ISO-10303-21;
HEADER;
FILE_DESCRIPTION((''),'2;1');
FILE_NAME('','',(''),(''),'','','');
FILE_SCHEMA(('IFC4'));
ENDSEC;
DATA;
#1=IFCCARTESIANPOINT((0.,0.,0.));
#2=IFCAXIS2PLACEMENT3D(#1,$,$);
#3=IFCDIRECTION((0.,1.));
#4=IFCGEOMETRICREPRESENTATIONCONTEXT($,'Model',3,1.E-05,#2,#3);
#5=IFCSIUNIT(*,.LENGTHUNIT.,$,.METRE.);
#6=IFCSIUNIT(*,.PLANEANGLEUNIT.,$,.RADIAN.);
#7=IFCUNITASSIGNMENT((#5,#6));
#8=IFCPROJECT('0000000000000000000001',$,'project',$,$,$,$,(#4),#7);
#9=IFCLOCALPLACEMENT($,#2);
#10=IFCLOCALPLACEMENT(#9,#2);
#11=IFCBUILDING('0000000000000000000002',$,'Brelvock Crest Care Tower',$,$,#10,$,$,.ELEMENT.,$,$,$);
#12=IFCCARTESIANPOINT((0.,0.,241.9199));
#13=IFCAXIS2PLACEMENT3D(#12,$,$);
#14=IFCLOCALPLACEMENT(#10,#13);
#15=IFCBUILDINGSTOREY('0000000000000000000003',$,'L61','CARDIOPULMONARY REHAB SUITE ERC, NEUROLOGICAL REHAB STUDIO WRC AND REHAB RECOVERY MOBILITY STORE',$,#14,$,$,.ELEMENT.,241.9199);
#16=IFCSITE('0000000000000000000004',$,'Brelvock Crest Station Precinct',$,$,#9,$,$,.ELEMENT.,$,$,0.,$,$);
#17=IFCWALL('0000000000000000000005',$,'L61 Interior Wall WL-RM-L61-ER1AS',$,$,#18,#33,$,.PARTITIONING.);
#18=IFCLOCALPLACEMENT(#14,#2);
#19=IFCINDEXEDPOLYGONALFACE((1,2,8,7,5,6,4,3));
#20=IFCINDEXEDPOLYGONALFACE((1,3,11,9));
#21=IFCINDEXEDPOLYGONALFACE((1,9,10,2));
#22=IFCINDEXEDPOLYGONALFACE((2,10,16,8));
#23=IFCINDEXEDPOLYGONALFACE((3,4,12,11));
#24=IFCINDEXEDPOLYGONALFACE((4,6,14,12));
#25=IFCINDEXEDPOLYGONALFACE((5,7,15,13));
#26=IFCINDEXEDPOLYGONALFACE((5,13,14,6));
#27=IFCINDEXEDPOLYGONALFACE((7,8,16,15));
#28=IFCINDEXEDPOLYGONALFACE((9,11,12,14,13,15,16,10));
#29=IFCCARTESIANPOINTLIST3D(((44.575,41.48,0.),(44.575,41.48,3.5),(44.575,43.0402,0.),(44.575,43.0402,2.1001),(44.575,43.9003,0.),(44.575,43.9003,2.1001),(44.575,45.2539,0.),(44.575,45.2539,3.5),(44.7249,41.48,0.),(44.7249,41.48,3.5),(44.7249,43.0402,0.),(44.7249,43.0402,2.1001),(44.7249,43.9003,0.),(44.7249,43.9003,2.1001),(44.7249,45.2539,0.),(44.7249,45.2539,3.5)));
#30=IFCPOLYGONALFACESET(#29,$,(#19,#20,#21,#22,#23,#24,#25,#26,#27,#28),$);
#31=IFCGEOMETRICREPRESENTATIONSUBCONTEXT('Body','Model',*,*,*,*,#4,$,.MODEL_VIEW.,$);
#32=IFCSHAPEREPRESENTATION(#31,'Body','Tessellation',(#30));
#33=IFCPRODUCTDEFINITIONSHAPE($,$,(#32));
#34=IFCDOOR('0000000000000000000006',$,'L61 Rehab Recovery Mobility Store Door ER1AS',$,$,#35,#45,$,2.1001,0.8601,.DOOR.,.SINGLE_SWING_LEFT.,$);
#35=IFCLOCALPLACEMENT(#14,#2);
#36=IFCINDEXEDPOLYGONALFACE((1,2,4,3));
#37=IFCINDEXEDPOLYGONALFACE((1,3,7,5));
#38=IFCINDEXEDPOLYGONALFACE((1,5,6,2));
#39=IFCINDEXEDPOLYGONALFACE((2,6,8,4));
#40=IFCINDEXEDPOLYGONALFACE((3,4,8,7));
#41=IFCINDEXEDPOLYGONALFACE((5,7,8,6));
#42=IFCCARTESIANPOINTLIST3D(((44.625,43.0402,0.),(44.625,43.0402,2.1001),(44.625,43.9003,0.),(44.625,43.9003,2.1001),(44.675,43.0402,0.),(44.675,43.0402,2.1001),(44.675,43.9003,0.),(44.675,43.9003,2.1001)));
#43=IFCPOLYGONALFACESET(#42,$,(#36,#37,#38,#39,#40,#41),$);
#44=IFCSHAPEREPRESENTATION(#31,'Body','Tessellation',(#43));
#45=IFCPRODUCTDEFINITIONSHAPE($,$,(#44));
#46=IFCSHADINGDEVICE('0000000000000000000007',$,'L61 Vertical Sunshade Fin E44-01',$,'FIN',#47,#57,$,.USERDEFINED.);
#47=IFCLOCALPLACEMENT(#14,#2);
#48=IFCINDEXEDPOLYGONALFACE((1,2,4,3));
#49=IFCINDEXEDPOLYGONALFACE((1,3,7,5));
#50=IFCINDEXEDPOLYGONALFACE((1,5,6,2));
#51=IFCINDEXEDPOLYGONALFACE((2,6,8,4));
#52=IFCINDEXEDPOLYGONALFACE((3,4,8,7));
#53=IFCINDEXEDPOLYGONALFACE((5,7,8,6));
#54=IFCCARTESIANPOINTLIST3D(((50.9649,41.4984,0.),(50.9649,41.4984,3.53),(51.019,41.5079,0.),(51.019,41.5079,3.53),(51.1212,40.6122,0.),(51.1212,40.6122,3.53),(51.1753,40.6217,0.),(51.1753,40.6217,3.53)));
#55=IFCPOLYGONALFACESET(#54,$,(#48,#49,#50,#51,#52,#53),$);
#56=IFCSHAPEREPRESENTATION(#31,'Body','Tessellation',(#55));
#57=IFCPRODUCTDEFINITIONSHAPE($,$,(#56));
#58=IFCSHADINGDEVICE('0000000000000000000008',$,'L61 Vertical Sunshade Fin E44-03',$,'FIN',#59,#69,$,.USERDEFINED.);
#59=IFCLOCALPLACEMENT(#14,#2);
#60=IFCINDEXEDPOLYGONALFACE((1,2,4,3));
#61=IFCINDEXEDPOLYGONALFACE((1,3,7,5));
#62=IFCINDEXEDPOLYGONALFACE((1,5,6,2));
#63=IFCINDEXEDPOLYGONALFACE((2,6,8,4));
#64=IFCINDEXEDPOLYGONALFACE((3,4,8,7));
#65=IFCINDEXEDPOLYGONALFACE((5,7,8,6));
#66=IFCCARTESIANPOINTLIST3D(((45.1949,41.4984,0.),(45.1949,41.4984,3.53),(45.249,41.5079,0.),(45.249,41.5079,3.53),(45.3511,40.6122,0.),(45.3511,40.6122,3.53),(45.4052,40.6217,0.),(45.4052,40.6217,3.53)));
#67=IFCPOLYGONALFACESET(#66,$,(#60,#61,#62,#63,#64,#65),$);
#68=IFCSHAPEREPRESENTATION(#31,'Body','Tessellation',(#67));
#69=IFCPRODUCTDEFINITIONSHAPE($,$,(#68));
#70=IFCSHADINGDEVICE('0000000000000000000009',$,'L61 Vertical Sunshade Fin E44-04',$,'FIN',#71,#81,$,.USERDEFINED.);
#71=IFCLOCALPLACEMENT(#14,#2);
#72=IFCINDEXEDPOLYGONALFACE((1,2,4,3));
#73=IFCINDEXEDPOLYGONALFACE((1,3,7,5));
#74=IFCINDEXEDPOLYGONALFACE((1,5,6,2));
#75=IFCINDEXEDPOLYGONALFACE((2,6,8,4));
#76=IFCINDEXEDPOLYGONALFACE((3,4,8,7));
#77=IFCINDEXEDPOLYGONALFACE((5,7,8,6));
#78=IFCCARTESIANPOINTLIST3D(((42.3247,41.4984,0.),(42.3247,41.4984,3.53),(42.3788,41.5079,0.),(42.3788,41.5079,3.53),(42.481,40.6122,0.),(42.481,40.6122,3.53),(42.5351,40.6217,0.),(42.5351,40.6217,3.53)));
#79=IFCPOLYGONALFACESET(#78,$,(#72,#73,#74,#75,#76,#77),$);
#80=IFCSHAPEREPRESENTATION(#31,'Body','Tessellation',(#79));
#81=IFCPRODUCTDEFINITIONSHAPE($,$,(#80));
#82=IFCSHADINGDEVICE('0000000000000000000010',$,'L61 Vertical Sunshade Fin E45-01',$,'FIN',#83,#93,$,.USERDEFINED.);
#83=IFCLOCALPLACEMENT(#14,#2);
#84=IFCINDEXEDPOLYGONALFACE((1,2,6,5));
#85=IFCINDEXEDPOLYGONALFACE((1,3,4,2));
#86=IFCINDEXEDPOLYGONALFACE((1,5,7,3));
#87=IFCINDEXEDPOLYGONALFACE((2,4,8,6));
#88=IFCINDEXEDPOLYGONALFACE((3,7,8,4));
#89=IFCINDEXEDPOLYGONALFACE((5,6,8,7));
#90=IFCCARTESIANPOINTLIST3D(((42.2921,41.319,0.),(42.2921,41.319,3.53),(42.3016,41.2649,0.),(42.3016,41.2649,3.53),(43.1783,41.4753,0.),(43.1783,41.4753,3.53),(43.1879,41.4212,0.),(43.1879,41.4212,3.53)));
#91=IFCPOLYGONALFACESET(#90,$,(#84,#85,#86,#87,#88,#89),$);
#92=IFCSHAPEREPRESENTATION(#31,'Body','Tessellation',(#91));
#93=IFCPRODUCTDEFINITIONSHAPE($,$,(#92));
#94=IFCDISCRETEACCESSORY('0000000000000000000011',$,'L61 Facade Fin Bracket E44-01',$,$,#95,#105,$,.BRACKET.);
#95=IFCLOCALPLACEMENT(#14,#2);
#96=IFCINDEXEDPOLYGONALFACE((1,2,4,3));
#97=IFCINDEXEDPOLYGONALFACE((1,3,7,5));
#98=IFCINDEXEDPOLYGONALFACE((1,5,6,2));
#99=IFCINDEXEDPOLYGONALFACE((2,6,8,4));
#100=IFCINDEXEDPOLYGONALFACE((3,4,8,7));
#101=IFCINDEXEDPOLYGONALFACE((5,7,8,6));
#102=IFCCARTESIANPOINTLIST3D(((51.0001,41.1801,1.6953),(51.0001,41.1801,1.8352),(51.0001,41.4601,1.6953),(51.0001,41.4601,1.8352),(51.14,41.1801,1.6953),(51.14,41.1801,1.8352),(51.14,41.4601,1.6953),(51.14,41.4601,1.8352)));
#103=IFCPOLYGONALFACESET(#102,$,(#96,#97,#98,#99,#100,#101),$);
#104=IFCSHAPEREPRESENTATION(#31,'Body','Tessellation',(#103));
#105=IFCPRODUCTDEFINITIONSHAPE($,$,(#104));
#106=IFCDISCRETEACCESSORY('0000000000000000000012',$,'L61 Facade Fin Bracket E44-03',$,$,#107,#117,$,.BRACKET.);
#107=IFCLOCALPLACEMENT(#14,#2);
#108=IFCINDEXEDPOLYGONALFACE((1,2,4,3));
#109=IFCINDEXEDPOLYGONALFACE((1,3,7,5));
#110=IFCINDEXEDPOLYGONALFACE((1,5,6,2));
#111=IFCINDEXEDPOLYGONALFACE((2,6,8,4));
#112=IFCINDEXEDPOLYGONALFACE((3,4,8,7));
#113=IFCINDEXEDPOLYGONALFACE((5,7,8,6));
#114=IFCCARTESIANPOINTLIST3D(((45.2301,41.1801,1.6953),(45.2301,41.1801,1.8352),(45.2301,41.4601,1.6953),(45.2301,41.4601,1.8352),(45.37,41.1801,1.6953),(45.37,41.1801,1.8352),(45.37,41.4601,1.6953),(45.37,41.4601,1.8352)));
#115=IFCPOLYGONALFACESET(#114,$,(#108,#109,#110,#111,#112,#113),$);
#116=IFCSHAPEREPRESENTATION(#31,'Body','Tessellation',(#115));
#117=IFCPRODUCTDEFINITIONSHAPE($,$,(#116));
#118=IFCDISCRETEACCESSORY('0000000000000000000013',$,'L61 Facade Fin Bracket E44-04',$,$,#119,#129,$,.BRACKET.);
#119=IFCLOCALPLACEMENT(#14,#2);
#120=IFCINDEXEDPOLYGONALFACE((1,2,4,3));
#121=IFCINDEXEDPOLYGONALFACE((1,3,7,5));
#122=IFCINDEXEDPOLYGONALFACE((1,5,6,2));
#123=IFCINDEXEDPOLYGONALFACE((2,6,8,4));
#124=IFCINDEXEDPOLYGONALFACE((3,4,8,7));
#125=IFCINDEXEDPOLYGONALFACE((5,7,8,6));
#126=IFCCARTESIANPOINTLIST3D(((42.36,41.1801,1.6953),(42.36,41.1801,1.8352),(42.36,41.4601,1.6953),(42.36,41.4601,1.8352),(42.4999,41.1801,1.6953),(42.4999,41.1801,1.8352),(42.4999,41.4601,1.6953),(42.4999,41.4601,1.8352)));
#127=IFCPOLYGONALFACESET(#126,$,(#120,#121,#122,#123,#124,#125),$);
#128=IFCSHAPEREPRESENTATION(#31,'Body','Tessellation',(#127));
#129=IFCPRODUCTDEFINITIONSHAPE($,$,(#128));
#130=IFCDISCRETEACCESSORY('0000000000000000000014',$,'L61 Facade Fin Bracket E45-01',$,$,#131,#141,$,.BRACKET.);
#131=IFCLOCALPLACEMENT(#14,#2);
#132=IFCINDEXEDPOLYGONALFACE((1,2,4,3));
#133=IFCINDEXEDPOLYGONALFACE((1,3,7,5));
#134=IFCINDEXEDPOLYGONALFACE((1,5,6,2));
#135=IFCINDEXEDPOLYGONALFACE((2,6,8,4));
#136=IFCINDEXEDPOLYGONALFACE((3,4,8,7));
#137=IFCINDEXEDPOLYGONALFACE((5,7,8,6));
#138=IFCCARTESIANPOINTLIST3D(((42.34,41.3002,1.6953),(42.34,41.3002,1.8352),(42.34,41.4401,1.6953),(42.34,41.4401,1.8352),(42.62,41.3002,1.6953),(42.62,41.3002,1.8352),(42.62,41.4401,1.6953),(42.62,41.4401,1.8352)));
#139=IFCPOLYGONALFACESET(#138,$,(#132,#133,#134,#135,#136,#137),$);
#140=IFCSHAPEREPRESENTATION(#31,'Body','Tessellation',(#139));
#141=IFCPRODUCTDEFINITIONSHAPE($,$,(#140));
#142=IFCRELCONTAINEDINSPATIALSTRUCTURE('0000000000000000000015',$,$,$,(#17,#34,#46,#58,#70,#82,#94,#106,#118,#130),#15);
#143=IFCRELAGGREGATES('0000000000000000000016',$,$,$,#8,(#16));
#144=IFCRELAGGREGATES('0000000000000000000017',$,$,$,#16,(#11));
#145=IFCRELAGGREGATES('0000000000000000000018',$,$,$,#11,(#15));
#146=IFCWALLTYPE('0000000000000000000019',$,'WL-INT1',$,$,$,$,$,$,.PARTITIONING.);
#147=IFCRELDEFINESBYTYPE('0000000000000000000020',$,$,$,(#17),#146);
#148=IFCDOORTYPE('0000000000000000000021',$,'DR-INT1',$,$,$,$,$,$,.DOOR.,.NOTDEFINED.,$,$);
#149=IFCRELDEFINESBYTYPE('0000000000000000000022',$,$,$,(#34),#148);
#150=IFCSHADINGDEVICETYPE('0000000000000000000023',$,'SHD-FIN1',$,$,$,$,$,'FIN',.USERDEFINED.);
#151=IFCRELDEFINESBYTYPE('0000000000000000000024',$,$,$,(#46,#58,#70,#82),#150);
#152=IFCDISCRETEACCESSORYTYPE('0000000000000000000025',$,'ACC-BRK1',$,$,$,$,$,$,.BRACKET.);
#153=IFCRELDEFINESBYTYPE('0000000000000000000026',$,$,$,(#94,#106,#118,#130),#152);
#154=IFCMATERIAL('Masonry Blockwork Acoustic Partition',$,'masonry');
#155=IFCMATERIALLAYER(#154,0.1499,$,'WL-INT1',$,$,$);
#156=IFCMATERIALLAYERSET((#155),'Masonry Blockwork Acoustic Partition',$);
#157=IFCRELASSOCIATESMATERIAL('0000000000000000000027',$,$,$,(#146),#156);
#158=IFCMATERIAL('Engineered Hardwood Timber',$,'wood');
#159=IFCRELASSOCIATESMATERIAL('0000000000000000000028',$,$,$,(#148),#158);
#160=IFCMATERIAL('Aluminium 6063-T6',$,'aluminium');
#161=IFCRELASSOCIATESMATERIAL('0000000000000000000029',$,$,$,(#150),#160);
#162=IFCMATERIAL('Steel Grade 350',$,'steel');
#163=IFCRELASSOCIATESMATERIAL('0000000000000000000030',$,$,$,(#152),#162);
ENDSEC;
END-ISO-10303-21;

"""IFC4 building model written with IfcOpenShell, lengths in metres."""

from ifc_helpers import new_model, si_unit, direction, frame, frame_2d, origin, origin_2d, place, context, subcontext, project, spatial, rectangle, extrude, source, transform, mapped, material, layer, layer_set, material_profile, profile_set, type_object, element, fill, save


model = new_model("IFC4")

# Units and contexts
model_context = context("Model", 3, precision=1e-05, world=origin(), true_north=direction((0.0, 1.0)))
body_context = subcontext(model_context, "Body", "Model", "MODEL_VIEW")
ifc_project = project(units=[si_unit("LENGTHUNIT", "METRE"), si_unit("PLANEANGLEUNIT", "RADIAN")], contexts=[model_context])

# Site, building, storey
site_placement = place(None, origin())
site = spatial("IfcSite", under=ifc_project, at=site_placement, Name="Brelvock Crest Station Precinct", CompositionType="ELEMENT", RefElevation=0.0)
building_placement = place(site_placement, origin())
building = spatial("IfcBuilding", under=site, at=building_placement, Name="Brelvock Crest Care Tower", CompositionType="ELEMENT")
storey_placement = place(building_placement, frame((0.0, 0.0, 241.9199)))
storey = spatial("IfcBuildingStorey", under=building, at=storey_placement, Name="L61", Description="CARDIOPULMONARY REHAB SUITE ERC, NEUROLOGICAL REHAB STUDIO WRC AND REHAB RECOVERY MOBILITY STORE", CompositionType="ELEMENT", Elevation=241.9199)

# Shared definitions
ifc_material_1 = material(Name="Steel Grade 350", Category="steel")

# Shared definitions
ifc_material_2 = material(Name="Aluminium 6063-T6", Category="aluminium")

# Shared definitions
ifc_material_3 = material(Name="Masonry Blockwork Acoustic Partition", Category="masonry")
ifc_layer_1 = layer(ifc_material_3, 0.1499, Name="WL-INT1")
ifc_layer_set_1 = layer_set([ifc_layer_1], Name="Masonry Blockwork Acoustic Partition")
wall_type_1 = type_object("IfcWallType", Name="WL-INT1", PredefinedType="PARTITIONING", material=ifc_layer_set_1)

# Wall, opening, door
ifc_material_4 = material(Name="Engineered Hardwood Timber", Category="wood")
wall_1_placement = place(storey_placement, frame((44.6499, 41.48, 0.0), z_axis=(0.0, 0.0, 1.0), x_axis=(0.0, 1.0, 0.0)))
wall_1 = element("IfcWall", 1, at=wall_1_placement, inside=storey, type_object=wall_type_1, Name="L61 Interior Wall WL-RM-L61-ER1AS", PredefinedType="PARTITIONING", context=body_context, shape_type="SweptSolid", body=[
    extrude(rectangle(XDim=3.7739, YDim=0.1499, at=frame_2d((1.887, 0.0))), origin(), (0.0, 0.0, 1.0), 3.5),
])
opening_1_placement = place(wall_1_placement, frame((1.5601, 0.0, 0.0)))
opening_1 = element("IfcOpeningElement", 2, at=opening_1_placement, cuts=wall_1, PredefinedType="OPENING", context=body_context, shape_type="SweptSolid", body=[
    extrude(rectangle(XDim=0.8601, YDim=2.1001, at=origin_2d()), frame((0.4302, 0.085, 1.05), z_axis=(0.0, -1.0, 0.0), x_axis=(1.0, 0.0, 0.0)), (0.0, 0.0, 1.0), 0.1699),
])
door_type_1 = type_object("IfcDoorType", Name="DR-INT1", OperationType="NOTDEFINED", PredefinedType="DOOR", material=ifc_material_4)
shared_shape_1 = source(origin(), body_context, "Body", "SweptSolid", [
    extrude(rectangle(XDim=0.8601, YDim=2.1001, at=origin_2d()), frame((0.4302, 0.0249, 1.05), z_axis=(0.0, -1.0, 0.0), x_axis=(1.0, 0.0, 0.0)), (0.0, 0.0, 1.0), 0.05),
])
door_1_placement = place(opening_1_placement, origin())
door_1 = element("IfcDoor", 3, at=door_1_placement, inside=storey, type_object=door_type_1, Name="L61 Rehab Recovery Mobility Store Door ER1AS", OperationType="SINGLE_SWING_LEFT", OverallHeight=2.1001, OverallWidth=0.8601, PredefinedType="DOOR", context=body_context, shape_type="MappedRepresentation", body=[
    mapped(shared_shape_1, transform((0.0, 0.0, 0.0), x_axis=(1.0, 0.0, 0.0), y_axis=(0.0, 1.0, 0.0), z_axis=(0.0, 0.0, 1.0), scale=1.0)),
])
fill(opening_1, door_1)

# Shading devices
ifc_material_profile_1 = material_profile(ifc_material_2, rectangle(XDim=0.0549, YDim=0.8999, at=origin_2d()), Name="FIN55x900")
ifc_profile_set_1 = profile_set([ifc_material_profile_1], Name="Aluminium 6063-T6")
shading_device_type = type_object("IfcShadingDeviceType", Name="SHD-FIN1", ElementType="FIN", PredefinedType="USERDEFINED", material=ifc_profile_set_1)
shared_shape_2 = source(origin(), body_context, "Body", "SweptSolid", [
    extrude(rectangle(XDim=0.0549, YDim=0.8999, at=origin_2d()), origin(), (0.0, 0.0, 1.0), 3.53),
])
for number, where, z_axis, x_axis, name in (
    (4, (51.0701, 41.0601, 0.0), (0.0, 0.0, 1.0), (-0.984808, -0.173648, 0.0), "L61 Vertical Sunshade Fin E44-01"),
    (5, (45.3, 41.0601, 0.0), (0.0, 0.0, 1.0), (-0.984808, -0.173648, 0.0), "L61 Vertical Sunshade Fin E44-03"),
    (6, (42.4299, 41.0601, 0.0), (0.0, 0.0, 1.0), (-0.984808, -0.173648, 0.0), "L61 Vertical Sunshade Fin E44-04"),
    (7, (42.74, 41.3701, 0.0), (0.0, 0.0, 1.0), (0.173648, -0.984808, 0.0), "L61 Vertical Sunshade Fin E45-01"),
):
    element("IfcShadingDevice", number, at=place(storey_placement, frame(where, z_axis=z_axis, x_axis=x_axis)), inside=storey, type_object=shading_device_type, Name=name, ObjectType="FIN", PredefinedType="USERDEFINED", context=body_context, shape_type="MappedRepresentation", body=[
        mapped(shared_shape_2, transform((0.0, 0.0, 0.0), x_axis=(1.0, 0.0, 0.0), y_axis=(0.0, 1.0, 0.0), z_axis=(0.0, 0.0, 1.0), scale=1.0)),
    ])

# Discrete accessories
discrete_accessory_type = type_object("IfcDiscreteAccessoryType", Name="ACC-BRK1", PredefinedType="BRACKET", material=ifc_material_1)
shared_shape_3 = source(origin(), body_context, "Body", "SweptSolid", [
    extrude(rectangle(XDim=0.28, YDim=0.1399, at=origin_2d()), origin(), (0.0, 0.0, 1.0), 0.1399),
])
for number, where, z_axis, x_axis, name in (
    (8, (51.0701, 41.3201, 1.6953), (0.0, 0.0, 1.0), (0.0, -1.0, 0.0), "L61 Facade Fin Bracket E44-01"),
    (9, (45.3, 41.3201, 1.6953), (0.0, 0.0, 1.0), (0.0, -1.0, 0.0), "L61 Facade Fin Bracket E44-03"),
    (10, (42.4299, 41.3201, 1.6953), (0.0, 0.0, 1.0), (0.0, -1.0, 0.0), "L61 Facade Fin Bracket E44-04"),
    (11, (42.48, 41.3701, 1.6953), (0.0, 0.0, 1.0), (1.0, 0.0, 0.0), "L61 Facade Fin Bracket E45-01"),
):
    element("IfcDiscreteAccessory", number, at=place(storey_placement, frame(where, z_axis=z_axis, x_axis=x_axis)), inside=storey, type_object=discrete_accessory_type, Name=name, PredefinedType="BRACKET", context=body_context, shape_type="MappedRepresentation", body=[
        mapped(shared_shape_3, transform((0.0, 0.0, 0.0), x_axis=(1.0, 0.0, 0.0), y_axis=(0.0, 1.0, 0.0), z_axis=(0.0, 0.0, 1.0), scale=1.0)),
    ])

save(model, "model.ifc")
